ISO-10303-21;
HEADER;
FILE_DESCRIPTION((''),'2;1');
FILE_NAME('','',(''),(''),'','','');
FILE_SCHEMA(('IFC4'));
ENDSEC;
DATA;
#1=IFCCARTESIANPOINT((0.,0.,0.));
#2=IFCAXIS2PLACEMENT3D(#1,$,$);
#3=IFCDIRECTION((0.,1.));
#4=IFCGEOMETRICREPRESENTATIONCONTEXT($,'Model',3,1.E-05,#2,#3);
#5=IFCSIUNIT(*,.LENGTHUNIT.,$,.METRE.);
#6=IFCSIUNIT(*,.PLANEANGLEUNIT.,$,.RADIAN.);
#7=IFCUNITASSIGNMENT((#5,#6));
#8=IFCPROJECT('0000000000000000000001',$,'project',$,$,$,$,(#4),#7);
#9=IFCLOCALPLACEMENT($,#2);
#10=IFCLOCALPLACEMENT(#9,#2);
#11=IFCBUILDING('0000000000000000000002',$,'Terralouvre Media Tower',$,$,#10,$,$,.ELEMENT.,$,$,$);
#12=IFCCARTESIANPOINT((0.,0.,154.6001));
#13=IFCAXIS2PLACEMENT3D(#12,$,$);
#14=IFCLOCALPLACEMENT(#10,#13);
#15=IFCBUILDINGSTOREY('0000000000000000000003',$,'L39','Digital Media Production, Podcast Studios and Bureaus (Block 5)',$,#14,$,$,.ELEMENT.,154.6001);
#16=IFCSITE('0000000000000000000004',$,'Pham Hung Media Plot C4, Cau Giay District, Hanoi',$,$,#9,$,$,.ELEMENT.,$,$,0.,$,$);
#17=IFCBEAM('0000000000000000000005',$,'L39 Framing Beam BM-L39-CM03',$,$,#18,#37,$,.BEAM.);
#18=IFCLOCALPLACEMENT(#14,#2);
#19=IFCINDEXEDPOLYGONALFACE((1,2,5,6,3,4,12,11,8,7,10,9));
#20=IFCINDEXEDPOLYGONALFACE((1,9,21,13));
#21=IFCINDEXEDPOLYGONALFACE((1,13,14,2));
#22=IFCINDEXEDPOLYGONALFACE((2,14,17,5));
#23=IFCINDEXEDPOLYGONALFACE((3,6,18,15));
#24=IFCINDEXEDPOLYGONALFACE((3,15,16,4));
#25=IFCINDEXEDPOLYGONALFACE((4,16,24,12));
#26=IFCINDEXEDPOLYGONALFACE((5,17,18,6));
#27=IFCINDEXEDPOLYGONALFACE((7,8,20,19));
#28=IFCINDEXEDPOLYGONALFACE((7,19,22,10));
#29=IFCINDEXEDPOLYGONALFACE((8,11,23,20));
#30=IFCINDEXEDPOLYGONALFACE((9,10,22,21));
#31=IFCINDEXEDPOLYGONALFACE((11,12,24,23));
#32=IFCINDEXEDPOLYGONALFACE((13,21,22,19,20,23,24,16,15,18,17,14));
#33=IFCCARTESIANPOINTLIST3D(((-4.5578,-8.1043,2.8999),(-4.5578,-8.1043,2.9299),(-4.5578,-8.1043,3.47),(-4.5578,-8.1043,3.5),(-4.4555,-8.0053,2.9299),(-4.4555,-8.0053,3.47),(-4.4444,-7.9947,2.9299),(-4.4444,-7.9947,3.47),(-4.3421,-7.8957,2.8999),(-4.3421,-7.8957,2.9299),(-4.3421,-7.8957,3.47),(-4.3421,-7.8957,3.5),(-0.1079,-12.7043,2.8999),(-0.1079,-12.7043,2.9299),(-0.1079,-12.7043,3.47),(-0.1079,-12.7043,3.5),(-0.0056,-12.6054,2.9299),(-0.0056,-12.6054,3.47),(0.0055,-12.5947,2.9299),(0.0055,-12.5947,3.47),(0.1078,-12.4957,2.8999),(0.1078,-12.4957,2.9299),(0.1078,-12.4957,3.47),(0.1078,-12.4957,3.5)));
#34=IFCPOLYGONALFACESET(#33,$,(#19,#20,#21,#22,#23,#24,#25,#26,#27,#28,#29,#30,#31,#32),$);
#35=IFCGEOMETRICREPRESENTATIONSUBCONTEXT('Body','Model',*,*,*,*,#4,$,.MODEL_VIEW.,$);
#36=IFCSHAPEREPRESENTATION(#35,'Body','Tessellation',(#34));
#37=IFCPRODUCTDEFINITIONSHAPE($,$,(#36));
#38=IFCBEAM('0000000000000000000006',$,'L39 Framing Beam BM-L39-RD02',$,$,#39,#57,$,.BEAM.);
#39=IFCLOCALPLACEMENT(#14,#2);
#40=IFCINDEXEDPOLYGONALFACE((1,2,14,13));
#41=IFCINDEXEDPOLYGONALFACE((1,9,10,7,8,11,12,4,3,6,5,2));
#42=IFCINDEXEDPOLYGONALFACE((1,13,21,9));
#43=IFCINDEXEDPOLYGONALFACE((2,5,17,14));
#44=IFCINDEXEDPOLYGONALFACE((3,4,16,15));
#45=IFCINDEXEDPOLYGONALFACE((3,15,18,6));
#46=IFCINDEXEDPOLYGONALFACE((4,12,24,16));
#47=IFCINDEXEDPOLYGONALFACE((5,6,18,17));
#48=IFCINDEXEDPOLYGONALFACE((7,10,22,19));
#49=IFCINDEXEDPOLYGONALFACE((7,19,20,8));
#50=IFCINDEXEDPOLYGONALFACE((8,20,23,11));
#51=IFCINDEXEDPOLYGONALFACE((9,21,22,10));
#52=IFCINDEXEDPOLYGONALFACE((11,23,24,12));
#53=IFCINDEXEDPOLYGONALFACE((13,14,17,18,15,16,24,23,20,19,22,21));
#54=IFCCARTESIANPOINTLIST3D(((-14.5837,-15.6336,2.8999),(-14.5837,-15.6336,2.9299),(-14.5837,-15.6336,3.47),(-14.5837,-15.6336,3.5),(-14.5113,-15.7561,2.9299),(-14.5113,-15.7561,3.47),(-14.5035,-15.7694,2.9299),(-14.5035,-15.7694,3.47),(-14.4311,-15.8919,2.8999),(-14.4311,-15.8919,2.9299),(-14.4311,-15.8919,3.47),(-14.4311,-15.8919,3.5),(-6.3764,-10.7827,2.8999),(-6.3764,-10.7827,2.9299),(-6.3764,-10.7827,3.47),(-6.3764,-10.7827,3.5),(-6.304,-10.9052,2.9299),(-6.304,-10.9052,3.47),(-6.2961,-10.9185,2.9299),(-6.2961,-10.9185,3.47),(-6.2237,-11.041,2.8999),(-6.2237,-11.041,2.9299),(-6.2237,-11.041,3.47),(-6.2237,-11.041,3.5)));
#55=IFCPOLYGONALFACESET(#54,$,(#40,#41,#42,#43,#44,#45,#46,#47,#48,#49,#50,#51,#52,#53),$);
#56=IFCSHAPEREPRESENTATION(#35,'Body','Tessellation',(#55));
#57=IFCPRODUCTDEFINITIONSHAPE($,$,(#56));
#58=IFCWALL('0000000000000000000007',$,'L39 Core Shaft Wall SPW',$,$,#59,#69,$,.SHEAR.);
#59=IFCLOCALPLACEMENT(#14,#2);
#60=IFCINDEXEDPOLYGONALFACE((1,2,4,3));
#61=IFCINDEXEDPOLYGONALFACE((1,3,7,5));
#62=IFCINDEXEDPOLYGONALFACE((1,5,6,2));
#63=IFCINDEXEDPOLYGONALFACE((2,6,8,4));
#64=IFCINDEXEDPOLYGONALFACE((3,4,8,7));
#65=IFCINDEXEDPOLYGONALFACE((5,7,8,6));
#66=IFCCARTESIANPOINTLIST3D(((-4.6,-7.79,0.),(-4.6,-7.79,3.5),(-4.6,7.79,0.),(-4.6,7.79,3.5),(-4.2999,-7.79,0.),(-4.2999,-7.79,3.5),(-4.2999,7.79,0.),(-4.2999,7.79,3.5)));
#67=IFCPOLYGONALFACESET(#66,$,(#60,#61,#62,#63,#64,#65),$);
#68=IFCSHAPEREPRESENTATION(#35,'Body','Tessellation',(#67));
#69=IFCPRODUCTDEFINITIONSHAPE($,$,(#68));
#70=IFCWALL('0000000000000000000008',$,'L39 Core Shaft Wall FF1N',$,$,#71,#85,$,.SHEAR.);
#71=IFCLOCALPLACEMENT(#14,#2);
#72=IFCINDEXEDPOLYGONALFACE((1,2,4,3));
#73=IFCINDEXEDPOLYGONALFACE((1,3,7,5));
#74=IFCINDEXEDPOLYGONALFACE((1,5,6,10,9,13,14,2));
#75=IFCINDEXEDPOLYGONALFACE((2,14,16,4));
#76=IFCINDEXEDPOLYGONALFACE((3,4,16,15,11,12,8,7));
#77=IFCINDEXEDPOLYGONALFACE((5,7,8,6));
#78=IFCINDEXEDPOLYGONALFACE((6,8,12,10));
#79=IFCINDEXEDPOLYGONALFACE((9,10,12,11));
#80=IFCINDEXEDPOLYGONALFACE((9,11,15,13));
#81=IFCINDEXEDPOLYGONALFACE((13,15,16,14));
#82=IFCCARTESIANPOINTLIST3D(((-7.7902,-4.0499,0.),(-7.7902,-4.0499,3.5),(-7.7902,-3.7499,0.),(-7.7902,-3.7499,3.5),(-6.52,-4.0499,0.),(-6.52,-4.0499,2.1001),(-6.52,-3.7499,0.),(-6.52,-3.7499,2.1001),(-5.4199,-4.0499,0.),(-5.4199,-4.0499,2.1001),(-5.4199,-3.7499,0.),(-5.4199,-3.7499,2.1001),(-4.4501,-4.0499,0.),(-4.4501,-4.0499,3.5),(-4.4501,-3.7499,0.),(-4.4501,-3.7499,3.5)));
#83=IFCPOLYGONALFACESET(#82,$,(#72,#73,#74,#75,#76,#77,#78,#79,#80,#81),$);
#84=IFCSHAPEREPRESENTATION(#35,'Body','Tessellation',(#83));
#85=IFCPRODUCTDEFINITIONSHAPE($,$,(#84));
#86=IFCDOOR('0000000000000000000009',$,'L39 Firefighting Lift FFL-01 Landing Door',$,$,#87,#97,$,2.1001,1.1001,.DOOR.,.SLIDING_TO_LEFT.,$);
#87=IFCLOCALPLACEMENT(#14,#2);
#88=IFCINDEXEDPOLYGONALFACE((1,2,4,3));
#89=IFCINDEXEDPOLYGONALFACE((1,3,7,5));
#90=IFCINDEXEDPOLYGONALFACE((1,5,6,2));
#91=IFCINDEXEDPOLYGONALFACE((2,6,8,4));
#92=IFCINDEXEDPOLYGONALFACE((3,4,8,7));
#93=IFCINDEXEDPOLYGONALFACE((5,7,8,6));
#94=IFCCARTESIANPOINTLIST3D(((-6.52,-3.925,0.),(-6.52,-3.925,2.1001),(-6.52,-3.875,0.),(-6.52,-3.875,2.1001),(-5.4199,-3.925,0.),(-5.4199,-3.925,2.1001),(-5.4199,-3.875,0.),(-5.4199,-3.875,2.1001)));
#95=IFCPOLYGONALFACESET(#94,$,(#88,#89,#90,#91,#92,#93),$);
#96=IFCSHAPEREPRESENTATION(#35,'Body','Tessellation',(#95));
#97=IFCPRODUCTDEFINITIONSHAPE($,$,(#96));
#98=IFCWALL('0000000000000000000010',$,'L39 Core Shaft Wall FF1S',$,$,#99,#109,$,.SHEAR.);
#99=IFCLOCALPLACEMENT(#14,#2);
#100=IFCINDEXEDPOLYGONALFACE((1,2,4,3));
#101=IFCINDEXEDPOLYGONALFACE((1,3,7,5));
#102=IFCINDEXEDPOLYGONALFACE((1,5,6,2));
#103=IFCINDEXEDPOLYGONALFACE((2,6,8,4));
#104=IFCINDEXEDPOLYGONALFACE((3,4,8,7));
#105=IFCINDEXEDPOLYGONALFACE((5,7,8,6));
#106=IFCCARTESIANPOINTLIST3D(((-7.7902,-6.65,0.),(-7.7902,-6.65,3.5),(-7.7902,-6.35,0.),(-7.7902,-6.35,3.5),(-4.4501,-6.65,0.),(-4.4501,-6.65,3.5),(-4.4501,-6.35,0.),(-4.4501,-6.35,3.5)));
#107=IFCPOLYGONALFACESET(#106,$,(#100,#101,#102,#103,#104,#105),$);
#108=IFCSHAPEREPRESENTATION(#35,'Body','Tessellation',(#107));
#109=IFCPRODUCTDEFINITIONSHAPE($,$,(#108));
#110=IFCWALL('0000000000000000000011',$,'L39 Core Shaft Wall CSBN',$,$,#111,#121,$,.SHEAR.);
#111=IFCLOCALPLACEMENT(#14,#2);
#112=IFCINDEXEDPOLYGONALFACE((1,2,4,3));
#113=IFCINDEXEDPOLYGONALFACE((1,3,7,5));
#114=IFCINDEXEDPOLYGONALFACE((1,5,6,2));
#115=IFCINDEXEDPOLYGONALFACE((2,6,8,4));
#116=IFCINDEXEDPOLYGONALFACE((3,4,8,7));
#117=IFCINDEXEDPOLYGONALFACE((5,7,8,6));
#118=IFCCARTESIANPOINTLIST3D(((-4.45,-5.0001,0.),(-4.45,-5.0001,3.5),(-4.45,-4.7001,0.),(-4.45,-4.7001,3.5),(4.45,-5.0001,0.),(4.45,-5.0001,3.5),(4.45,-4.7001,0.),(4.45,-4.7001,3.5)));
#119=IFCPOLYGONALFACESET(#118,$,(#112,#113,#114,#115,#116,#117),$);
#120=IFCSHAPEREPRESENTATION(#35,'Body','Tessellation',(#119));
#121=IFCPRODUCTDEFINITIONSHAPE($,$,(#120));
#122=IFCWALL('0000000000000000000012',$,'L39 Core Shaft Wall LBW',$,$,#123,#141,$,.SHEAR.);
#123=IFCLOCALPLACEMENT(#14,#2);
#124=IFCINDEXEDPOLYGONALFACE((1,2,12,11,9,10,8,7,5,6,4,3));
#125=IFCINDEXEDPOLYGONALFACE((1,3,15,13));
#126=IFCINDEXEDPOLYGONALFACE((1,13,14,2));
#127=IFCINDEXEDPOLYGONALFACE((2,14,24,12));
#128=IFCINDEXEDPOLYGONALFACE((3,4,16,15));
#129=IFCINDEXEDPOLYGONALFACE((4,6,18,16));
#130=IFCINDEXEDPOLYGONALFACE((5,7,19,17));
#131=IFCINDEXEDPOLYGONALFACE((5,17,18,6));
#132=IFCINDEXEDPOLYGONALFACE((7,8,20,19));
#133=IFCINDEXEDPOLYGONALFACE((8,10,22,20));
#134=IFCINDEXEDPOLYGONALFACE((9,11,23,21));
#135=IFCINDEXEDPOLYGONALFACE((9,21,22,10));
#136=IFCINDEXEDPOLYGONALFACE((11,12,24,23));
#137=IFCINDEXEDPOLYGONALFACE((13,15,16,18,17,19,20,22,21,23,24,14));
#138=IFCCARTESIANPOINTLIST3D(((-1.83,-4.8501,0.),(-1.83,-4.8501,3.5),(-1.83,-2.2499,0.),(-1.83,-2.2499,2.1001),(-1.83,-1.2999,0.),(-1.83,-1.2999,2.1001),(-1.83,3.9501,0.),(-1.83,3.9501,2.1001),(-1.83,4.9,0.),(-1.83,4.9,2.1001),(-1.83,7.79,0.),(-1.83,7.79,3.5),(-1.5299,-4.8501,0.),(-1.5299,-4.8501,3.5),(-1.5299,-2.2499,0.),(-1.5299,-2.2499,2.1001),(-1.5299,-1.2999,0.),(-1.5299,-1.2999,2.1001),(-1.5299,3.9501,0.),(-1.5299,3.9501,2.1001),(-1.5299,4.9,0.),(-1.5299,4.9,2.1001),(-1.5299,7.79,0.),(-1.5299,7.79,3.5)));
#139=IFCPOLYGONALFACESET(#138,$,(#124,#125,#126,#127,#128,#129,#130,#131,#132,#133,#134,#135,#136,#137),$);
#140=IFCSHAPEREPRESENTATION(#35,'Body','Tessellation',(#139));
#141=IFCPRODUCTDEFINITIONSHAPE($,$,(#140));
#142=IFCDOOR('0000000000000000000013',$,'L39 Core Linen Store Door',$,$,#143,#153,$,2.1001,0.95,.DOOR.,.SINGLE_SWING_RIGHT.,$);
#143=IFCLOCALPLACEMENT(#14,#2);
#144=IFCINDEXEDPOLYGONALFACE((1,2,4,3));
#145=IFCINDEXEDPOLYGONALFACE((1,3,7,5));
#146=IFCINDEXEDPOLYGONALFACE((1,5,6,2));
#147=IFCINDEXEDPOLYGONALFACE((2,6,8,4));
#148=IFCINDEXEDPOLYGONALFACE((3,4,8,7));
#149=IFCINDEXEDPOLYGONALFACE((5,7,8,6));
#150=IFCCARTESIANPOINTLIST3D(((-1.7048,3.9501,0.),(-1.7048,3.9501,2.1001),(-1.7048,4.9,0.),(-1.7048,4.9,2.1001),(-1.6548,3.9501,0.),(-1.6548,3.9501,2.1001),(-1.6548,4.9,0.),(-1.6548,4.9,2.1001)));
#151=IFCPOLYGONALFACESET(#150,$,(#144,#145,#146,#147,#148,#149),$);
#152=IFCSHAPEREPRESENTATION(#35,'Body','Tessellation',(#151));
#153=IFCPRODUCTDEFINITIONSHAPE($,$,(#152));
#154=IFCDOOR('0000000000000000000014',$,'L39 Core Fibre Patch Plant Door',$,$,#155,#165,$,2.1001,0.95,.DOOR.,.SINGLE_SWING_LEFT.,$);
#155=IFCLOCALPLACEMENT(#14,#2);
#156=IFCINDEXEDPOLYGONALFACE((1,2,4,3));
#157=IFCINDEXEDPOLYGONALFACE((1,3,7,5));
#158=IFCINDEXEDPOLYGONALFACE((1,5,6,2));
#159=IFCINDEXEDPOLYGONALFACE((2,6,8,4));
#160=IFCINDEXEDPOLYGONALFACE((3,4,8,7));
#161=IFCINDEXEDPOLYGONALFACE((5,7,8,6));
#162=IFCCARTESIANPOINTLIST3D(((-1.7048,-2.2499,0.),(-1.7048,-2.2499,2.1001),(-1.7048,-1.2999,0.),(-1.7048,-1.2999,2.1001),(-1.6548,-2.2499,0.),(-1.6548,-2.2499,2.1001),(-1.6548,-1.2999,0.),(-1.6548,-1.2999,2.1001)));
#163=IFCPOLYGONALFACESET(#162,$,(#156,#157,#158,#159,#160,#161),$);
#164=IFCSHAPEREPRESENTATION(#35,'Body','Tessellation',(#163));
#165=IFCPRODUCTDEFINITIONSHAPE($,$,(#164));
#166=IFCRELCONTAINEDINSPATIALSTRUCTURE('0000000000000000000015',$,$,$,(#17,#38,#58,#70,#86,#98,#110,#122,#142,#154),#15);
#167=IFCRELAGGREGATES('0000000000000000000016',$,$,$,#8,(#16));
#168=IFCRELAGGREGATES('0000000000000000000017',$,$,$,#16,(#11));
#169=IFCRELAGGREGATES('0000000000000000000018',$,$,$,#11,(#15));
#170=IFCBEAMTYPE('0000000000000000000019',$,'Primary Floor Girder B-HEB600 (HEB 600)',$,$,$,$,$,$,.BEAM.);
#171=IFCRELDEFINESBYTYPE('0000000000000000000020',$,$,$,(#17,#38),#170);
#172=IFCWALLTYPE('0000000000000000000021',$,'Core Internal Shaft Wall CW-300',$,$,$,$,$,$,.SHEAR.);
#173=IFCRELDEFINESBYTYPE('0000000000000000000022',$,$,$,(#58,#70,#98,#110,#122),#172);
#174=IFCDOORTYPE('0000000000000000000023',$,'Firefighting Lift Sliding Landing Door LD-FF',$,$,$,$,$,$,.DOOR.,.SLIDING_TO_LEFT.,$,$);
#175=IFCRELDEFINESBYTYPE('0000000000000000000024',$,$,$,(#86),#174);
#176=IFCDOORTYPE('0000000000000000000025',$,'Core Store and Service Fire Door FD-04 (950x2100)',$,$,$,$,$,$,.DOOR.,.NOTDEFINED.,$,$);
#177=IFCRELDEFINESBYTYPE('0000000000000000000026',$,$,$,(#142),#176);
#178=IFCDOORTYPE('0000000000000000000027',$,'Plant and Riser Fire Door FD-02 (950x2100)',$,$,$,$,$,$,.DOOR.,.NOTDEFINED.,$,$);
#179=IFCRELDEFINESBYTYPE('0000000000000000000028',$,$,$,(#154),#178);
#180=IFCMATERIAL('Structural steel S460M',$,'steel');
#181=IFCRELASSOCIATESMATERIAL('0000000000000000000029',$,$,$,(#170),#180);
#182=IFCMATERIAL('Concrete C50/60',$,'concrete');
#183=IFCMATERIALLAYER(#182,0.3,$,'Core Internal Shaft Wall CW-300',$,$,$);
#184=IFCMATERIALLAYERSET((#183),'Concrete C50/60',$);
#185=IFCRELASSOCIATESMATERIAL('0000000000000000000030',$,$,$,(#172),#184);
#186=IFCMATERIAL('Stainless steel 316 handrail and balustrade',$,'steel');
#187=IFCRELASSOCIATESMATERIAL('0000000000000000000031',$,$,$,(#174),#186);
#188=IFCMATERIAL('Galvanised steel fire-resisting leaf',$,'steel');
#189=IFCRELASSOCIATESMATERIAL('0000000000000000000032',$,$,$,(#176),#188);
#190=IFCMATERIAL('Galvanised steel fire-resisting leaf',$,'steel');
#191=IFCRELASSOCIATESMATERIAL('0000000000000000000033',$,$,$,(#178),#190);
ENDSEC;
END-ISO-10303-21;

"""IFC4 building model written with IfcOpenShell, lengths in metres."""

from ifc_helpers import new_model, si_unit, direction, frame, frame_2d, origin, origin_2d, place, context, subcontext, project, spatial, rectangle, i_section, extrude, material, layer, layer_set, material_profile, profile_set, type_object, element, fill, save


model = new_model("IFC4")

# Units and contexts
model_context = context("Model", 3, precision=1e-05, world=origin(), true_north=direction((0.0, 1.0)))
body_context = subcontext(model_context, "Body", "Model", "MODEL_VIEW")
ifc_project = project(units=[si_unit("LENGTHUNIT", "METRE"), si_unit("PLANEANGLEUNIT", "RADIAN")], contexts=[model_context])

# Site, building, storey
site_placement = place(None, origin())
site = spatial("IfcSite", under=ifc_project, at=site_placement, Name="Pham Hung Media Plot C4, Cau Giay District, Hanoi", CompositionType="ELEMENT", RefElevation=0.0)
building_placement = place(site_placement, origin())
building = spatial("IfcBuilding", under=site, at=building_placement, Name="Terralouvre Media Tower", CompositionType="ELEMENT")
storey_placement = place(building_placement, frame((0.0, 0.0, 154.6001)))
storey = spatial("IfcBuildingStorey", under=building, at=storey_placement, Name="L39", Description="Digital Media Production, Podcast Studios and Bureaus (Block 5)", CompositionType="ELEMENT", Elevation=154.6001)

# Beams
ifc_material_1 = material(Name="Structural steel S460M", Category="steel")
ifc_material_profile_1 = material_profile(ifc_material_1, i_section(OverallWidth=0.3, OverallDepth=0.6001, WebThickness=0.0154, FlangeThickness=0.03, at=origin_2d()), Name="HEB 600")
ifc_profile_set_1 = profile_set([ifc_material_profile_1], Name="Structural steel S460M")
beam_type = type_object("IfcBeamType", Name="Primary Floor Girder B-HEB600 (HEB 600)", PredefinedType="BEAM", material=ifc_profile_set_1)
beam_1_placement = place(storey_placement, frame((-4.45, -8.0, 3.2), z_axis=(0.69528, -0.718739, 0.0), x_axis=(0.718739, 0.69528, 0.0)))
element("IfcBeam", 1, at=beam_1_placement, inside=storey, type_object=beam_type, Name="L39 Framing Beam BM-L39-CM03", PredefinedType="BEAM", context=body_context, shape_type="SweptSolid", body=[
    extrude(i_section(OverallWidth=0.3, OverallDepth=0.6001, WebThickness=0.0154, FlangeThickness=0.03, at=origin_2d()), origin(), (0.0, 0.0, 1.0), 6.4001),
])
beam_2_placement = place(storey_placement, frame((-6.3, -10.9119, 3.2), z_axis=(-0.860877, -0.508813, 0.0), x_axis=(0.508813, -0.860877, 0.0)))
element("IfcBeam", 2, at=beam_2_placement, inside=storey, type_object=beam_type, Name="L39 Framing Beam BM-L39-RD02", PredefinedType="BEAM", context=body_context, shape_type="SweptSolid", body=[
    extrude(i_section(OverallWidth=0.3, OverallDepth=0.6001, WebThickness=0.0154, FlangeThickness=0.03, at=origin_2d()), origin(), (0.0, 0.0, 1.0), 9.5337),
])

# Wall
ifc_material_2 = material(Name="Concrete C50/60", Category="concrete")
ifc_layer_1 = layer(ifc_material_2, 0.3, Name="Core Internal Shaft Wall CW-300")
ifc_layer_set_1 = layer_set([ifc_layer_1], Name="Concrete C50/60")
wall_type_1 = type_object("IfcWallType", Name="Core Internal Shaft Wall CW-300", PredefinedType="SHEAR", material=ifc_layer_set_1)
wall_1_placement = place(storey_placement, frame((-4.45, -7.79, 0.0), z_axis=(0.0, 0.0, 1.0), x_axis=(0.0, 1.0, 0.0)))
element("IfcWall", 3, at=wall_1_placement, inside=storey, type_object=wall_type_1, Name="L39 Core Shaft Wall SPW", PredefinedType="SHEAR", context=body_context, shape_type="SweptSolid", body=[
    extrude(rectangle(XDim=15.5801, YDim=0.3, at=frame_2d((7.79, 0.0))), origin(), (0.0, 0.0, 1.0), 3.5),
])

# Wall, opening, door
wall_2_placement = place(storey_placement, frame((-7.79, -3.8999, 0.0), z_axis=(0.0, 0.0, 1.0), x_axis=(1.0, 0.0, 0.0)))
wall_2 = element("IfcWall", 4, at=wall_2_placement, inside=storey, type_object=wall_type_1, Name="L39 Core Shaft Wall FF1N", PredefinedType="SHEAR", context=body_context, shape_type="SweptSolid", body=[
    extrude(rectangle(XDim=3.3401, YDim=0.3, at=frame_2d((1.6699, 0.0))), origin(), (0.0, 0.0, 1.0), 3.5),
])
opening_1_placement = place(wall_2_placement, frame((1.27, 0.0, 0.0)))
opening_1 = element("IfcOpeningElement", 5, at=opening_1_placement, cuts=wall_2, PredefinedType="OPENING", context=body_context, shape_type="SweptSolid", body=[
    extrude(rectangle(XDim=1.1001, YDim=2.1001, at=frame_2d((0.55, 1.05))), frame((0.0, 0.1599, 0.0), z_axis=(0.0, -1.0, 0.0), x_axis=(1.0, 0.0, 0.0)), (0.0, 0.0, 1.0), 0.3201),
])
ifc_material_3 = material(Name="Stainless steel 316 handrail and balustrade", Category="steel")
door_type_1 = type_object("IfcDoorType", Name="Firefighting Lift Sliding Landing Door LD-FF", OperationType="SLIDING_TO_LEFT", PredefinedType="DOOR", material=ifc_material_3)
door_1_placement = place(opening_1_placement, origin())
door_1 = element("IfcDoor", 6, at=door_1_placement, inside=storey, type_object=door_type_1, Name="L39 Firefighting Lift FFL-01 Landing Door", OperationType="SLIDING_TO_LEFT", OverallHeight=2.1001, OverallWidth=1.1001, PredefinedType="DOOR", context=body_context, shape_type="SweptSolid", body=[
    extrude(rectangle(XDim=1.1001, YDim=2.1001, at=frame_2d((0.55, 1.05))), frame((0.0, 0.0249, 0.0), z_axis=(0.0, -1.0, 0.0), x_axis=(1.0, 0.0, 0.0)), (0.0, 0.0, 1.0), 0.05),
])
fill(opening_1, door_1)

# Walls
wall_3_placement = place(storey_placement, frame((-7.79, -6.5, 0.0), z_axis=(0.0, 0.0, 1.0), x_axis=(1.0, 0.0, 0.0)))
element("IfcWall", 7, at=wall_3_placement, inside=storey, type_object=wall_type_1, Name="L39 Core Shaft Wall FF1S", PredefinedType="SHEAR", context=body_context, shape_type="SweptSolid", body=[
    extrude(rectangle(XDim=3.3401, YDim=0.3, at=frame_2d((1.6699, 0.0))), origin(), (0.0, 0.0, 1.0), 3.5),
])
wall_4_placement = place(storey_placement, frame((-4.45, -4.8501, 0.0), z_axis=(0.0, 0.0, 1.0), x_axis=(1.0, 0.0, 0.0)))
element("IfcWall", 8, at=wall_4_placement, inside=storey, type_object=wall_type_1, Name="L39 Core Shaft Wall CSBN", PredefinedType="SHEAR", context=body_context, shape_type="SweptSolid", body=[
    extrude(rectangle(XDim=8.8999, YDim=0.3, at=frame_2d((4.45, 0.0))), origin(), (0.0, 0.0, 1.0), 3.5),
])

# Wall, openings, doors
wall_5_placement = place(storey_placement, frame((-1.6799, -4.8501, 0.0), z_axis=(0.0, 0.0, 1.0), x_axis=(0.0, 1.0, 0.0)))
wall_5 = element("IfcWall", 9, at=wall_5_placement, inside=storey, type_object=wall_type_1, Name="L39 Core Shaft Wall LBW", PredefinedType="SHEAR", context=body_context, shape_type="SweptSolid", body=[
    extrude(rectangle(XDim=12.6401, YDim=0.3, at=frame_2d((6.3201, 0.0))), origin(), (0.0, 0.0, 1.0), 3.5),
])
opening_2_placement = place(wall_5_placement, frame((2.6001, 0.0, 0.0)))
opening_2 = element("IfcOpeningElement", 10, at=opening_2_placement, cuts=wall_5, PredefinedType="OPENING", context=body_context, shape_type="SweptSolid", body=[
    extrude(rectangle(XDim=0.95, YDim=2.1001, at=frame_2d((0.4751, 1.05))), frame((0.0, 0.1599, 0.0), z_axis=(0.0, -1.0, 0.0), x_axis=(1.0, 0.0, 0.0)), (0.0, 0.0, 1.0), 0.3201),
])
opening_3_placement = place(wall_5_placement, frame((8.8, 0.0, 0.0)))
opening_3 = element("IfcOpeningElement", 11, at=opening_3_placement, cuts=wall_5, PredefinedType="OPENING", context=body_context, shape_type="SweptSolid", body=[
    extrude(rectangle(XDim=0.95, YDim=2.1001, at=frame_2d((0.4751, 1.05))), frame((0.0, 0.1599, 0.0), z_axis=(0.0, -1.0, 0.0), x_axis=(1.0, 0.0, 0.0)), (0.0, 0.0, 1.0), 0.3201),
])
ifc_material_4 = material(Name="Galvanised steel fire-resisting leaf", Category="steel")
door_type_2 = type_object("IfcDoorType", Name="Core Store and Service Fire Door FD-04 (950x2100)", OperationType="NOTDEFINED", PredefinedType="DOOR", material=ifc_material_4)
door_2_placement = place(opening_3_placement, origin())
door_2 = element("IfcDoor", 12, at=door_2_placement, inside=storey, type_object=door_type_2, Name="L39 Core Linen Store Door", OperationType="SINGLE_SWING_RIGHT", OverallHeight=2.1001, OverallWidth=0.95, PredefinedType="DOOR", context=body_context, shape_type="SweptSolid", body=[
    extrude(rectangle(XDim=0.95, YDim=2.1001, at=frame_2d((0.4751, 1.05))), frame((0.0, 0.0249, 0.0), z_axis=(0.0, -1.0, 0.0), x_axis=(1.0, 0.0, 0.0)), (0.0, 0.0, 1.0), 0.05),
])
fill(opening_3, door_2)
ifc_material_5 = material(Name="Galvanised steel fire-resisting leaf", Category="steel")
door_type_3 = type_object("IfcDoorType", Name="Plant and Riser Fire Door FD-02 (950x2100)", OperationType="NOTDEFINED", PredefinedType="DOOR", material=ifc_material_5)
door_3_placement = place(opening_2_placement, origin())
door_3 = element("IfcDoor", 13, at=door_3_placement, inside=storey, type_object=door_type_3, Name="L39 Core Fibre Patch Plant Door", OperationType="SINGLE_SWING_LEFT", OverallHeight=2.1001, OverallWidth=0.95, PredefinedType="DOOR", context=body_context, shape_type="SweptSolid", body=[
    extrude(rectangle(XDim=0.95, YDim=2.1001, at=frame_2d((0.4751, 1.05))), frame((0.0, 0.0249, 0.0), z_axis=(0.0, -1.0, 0.0), x_axis=(1.0, 0.0, 0.0)), (0.0, 0.0, 1.0), 0.05),
])
fill(opening_2, door_3)

save(model, "model.ifc")
